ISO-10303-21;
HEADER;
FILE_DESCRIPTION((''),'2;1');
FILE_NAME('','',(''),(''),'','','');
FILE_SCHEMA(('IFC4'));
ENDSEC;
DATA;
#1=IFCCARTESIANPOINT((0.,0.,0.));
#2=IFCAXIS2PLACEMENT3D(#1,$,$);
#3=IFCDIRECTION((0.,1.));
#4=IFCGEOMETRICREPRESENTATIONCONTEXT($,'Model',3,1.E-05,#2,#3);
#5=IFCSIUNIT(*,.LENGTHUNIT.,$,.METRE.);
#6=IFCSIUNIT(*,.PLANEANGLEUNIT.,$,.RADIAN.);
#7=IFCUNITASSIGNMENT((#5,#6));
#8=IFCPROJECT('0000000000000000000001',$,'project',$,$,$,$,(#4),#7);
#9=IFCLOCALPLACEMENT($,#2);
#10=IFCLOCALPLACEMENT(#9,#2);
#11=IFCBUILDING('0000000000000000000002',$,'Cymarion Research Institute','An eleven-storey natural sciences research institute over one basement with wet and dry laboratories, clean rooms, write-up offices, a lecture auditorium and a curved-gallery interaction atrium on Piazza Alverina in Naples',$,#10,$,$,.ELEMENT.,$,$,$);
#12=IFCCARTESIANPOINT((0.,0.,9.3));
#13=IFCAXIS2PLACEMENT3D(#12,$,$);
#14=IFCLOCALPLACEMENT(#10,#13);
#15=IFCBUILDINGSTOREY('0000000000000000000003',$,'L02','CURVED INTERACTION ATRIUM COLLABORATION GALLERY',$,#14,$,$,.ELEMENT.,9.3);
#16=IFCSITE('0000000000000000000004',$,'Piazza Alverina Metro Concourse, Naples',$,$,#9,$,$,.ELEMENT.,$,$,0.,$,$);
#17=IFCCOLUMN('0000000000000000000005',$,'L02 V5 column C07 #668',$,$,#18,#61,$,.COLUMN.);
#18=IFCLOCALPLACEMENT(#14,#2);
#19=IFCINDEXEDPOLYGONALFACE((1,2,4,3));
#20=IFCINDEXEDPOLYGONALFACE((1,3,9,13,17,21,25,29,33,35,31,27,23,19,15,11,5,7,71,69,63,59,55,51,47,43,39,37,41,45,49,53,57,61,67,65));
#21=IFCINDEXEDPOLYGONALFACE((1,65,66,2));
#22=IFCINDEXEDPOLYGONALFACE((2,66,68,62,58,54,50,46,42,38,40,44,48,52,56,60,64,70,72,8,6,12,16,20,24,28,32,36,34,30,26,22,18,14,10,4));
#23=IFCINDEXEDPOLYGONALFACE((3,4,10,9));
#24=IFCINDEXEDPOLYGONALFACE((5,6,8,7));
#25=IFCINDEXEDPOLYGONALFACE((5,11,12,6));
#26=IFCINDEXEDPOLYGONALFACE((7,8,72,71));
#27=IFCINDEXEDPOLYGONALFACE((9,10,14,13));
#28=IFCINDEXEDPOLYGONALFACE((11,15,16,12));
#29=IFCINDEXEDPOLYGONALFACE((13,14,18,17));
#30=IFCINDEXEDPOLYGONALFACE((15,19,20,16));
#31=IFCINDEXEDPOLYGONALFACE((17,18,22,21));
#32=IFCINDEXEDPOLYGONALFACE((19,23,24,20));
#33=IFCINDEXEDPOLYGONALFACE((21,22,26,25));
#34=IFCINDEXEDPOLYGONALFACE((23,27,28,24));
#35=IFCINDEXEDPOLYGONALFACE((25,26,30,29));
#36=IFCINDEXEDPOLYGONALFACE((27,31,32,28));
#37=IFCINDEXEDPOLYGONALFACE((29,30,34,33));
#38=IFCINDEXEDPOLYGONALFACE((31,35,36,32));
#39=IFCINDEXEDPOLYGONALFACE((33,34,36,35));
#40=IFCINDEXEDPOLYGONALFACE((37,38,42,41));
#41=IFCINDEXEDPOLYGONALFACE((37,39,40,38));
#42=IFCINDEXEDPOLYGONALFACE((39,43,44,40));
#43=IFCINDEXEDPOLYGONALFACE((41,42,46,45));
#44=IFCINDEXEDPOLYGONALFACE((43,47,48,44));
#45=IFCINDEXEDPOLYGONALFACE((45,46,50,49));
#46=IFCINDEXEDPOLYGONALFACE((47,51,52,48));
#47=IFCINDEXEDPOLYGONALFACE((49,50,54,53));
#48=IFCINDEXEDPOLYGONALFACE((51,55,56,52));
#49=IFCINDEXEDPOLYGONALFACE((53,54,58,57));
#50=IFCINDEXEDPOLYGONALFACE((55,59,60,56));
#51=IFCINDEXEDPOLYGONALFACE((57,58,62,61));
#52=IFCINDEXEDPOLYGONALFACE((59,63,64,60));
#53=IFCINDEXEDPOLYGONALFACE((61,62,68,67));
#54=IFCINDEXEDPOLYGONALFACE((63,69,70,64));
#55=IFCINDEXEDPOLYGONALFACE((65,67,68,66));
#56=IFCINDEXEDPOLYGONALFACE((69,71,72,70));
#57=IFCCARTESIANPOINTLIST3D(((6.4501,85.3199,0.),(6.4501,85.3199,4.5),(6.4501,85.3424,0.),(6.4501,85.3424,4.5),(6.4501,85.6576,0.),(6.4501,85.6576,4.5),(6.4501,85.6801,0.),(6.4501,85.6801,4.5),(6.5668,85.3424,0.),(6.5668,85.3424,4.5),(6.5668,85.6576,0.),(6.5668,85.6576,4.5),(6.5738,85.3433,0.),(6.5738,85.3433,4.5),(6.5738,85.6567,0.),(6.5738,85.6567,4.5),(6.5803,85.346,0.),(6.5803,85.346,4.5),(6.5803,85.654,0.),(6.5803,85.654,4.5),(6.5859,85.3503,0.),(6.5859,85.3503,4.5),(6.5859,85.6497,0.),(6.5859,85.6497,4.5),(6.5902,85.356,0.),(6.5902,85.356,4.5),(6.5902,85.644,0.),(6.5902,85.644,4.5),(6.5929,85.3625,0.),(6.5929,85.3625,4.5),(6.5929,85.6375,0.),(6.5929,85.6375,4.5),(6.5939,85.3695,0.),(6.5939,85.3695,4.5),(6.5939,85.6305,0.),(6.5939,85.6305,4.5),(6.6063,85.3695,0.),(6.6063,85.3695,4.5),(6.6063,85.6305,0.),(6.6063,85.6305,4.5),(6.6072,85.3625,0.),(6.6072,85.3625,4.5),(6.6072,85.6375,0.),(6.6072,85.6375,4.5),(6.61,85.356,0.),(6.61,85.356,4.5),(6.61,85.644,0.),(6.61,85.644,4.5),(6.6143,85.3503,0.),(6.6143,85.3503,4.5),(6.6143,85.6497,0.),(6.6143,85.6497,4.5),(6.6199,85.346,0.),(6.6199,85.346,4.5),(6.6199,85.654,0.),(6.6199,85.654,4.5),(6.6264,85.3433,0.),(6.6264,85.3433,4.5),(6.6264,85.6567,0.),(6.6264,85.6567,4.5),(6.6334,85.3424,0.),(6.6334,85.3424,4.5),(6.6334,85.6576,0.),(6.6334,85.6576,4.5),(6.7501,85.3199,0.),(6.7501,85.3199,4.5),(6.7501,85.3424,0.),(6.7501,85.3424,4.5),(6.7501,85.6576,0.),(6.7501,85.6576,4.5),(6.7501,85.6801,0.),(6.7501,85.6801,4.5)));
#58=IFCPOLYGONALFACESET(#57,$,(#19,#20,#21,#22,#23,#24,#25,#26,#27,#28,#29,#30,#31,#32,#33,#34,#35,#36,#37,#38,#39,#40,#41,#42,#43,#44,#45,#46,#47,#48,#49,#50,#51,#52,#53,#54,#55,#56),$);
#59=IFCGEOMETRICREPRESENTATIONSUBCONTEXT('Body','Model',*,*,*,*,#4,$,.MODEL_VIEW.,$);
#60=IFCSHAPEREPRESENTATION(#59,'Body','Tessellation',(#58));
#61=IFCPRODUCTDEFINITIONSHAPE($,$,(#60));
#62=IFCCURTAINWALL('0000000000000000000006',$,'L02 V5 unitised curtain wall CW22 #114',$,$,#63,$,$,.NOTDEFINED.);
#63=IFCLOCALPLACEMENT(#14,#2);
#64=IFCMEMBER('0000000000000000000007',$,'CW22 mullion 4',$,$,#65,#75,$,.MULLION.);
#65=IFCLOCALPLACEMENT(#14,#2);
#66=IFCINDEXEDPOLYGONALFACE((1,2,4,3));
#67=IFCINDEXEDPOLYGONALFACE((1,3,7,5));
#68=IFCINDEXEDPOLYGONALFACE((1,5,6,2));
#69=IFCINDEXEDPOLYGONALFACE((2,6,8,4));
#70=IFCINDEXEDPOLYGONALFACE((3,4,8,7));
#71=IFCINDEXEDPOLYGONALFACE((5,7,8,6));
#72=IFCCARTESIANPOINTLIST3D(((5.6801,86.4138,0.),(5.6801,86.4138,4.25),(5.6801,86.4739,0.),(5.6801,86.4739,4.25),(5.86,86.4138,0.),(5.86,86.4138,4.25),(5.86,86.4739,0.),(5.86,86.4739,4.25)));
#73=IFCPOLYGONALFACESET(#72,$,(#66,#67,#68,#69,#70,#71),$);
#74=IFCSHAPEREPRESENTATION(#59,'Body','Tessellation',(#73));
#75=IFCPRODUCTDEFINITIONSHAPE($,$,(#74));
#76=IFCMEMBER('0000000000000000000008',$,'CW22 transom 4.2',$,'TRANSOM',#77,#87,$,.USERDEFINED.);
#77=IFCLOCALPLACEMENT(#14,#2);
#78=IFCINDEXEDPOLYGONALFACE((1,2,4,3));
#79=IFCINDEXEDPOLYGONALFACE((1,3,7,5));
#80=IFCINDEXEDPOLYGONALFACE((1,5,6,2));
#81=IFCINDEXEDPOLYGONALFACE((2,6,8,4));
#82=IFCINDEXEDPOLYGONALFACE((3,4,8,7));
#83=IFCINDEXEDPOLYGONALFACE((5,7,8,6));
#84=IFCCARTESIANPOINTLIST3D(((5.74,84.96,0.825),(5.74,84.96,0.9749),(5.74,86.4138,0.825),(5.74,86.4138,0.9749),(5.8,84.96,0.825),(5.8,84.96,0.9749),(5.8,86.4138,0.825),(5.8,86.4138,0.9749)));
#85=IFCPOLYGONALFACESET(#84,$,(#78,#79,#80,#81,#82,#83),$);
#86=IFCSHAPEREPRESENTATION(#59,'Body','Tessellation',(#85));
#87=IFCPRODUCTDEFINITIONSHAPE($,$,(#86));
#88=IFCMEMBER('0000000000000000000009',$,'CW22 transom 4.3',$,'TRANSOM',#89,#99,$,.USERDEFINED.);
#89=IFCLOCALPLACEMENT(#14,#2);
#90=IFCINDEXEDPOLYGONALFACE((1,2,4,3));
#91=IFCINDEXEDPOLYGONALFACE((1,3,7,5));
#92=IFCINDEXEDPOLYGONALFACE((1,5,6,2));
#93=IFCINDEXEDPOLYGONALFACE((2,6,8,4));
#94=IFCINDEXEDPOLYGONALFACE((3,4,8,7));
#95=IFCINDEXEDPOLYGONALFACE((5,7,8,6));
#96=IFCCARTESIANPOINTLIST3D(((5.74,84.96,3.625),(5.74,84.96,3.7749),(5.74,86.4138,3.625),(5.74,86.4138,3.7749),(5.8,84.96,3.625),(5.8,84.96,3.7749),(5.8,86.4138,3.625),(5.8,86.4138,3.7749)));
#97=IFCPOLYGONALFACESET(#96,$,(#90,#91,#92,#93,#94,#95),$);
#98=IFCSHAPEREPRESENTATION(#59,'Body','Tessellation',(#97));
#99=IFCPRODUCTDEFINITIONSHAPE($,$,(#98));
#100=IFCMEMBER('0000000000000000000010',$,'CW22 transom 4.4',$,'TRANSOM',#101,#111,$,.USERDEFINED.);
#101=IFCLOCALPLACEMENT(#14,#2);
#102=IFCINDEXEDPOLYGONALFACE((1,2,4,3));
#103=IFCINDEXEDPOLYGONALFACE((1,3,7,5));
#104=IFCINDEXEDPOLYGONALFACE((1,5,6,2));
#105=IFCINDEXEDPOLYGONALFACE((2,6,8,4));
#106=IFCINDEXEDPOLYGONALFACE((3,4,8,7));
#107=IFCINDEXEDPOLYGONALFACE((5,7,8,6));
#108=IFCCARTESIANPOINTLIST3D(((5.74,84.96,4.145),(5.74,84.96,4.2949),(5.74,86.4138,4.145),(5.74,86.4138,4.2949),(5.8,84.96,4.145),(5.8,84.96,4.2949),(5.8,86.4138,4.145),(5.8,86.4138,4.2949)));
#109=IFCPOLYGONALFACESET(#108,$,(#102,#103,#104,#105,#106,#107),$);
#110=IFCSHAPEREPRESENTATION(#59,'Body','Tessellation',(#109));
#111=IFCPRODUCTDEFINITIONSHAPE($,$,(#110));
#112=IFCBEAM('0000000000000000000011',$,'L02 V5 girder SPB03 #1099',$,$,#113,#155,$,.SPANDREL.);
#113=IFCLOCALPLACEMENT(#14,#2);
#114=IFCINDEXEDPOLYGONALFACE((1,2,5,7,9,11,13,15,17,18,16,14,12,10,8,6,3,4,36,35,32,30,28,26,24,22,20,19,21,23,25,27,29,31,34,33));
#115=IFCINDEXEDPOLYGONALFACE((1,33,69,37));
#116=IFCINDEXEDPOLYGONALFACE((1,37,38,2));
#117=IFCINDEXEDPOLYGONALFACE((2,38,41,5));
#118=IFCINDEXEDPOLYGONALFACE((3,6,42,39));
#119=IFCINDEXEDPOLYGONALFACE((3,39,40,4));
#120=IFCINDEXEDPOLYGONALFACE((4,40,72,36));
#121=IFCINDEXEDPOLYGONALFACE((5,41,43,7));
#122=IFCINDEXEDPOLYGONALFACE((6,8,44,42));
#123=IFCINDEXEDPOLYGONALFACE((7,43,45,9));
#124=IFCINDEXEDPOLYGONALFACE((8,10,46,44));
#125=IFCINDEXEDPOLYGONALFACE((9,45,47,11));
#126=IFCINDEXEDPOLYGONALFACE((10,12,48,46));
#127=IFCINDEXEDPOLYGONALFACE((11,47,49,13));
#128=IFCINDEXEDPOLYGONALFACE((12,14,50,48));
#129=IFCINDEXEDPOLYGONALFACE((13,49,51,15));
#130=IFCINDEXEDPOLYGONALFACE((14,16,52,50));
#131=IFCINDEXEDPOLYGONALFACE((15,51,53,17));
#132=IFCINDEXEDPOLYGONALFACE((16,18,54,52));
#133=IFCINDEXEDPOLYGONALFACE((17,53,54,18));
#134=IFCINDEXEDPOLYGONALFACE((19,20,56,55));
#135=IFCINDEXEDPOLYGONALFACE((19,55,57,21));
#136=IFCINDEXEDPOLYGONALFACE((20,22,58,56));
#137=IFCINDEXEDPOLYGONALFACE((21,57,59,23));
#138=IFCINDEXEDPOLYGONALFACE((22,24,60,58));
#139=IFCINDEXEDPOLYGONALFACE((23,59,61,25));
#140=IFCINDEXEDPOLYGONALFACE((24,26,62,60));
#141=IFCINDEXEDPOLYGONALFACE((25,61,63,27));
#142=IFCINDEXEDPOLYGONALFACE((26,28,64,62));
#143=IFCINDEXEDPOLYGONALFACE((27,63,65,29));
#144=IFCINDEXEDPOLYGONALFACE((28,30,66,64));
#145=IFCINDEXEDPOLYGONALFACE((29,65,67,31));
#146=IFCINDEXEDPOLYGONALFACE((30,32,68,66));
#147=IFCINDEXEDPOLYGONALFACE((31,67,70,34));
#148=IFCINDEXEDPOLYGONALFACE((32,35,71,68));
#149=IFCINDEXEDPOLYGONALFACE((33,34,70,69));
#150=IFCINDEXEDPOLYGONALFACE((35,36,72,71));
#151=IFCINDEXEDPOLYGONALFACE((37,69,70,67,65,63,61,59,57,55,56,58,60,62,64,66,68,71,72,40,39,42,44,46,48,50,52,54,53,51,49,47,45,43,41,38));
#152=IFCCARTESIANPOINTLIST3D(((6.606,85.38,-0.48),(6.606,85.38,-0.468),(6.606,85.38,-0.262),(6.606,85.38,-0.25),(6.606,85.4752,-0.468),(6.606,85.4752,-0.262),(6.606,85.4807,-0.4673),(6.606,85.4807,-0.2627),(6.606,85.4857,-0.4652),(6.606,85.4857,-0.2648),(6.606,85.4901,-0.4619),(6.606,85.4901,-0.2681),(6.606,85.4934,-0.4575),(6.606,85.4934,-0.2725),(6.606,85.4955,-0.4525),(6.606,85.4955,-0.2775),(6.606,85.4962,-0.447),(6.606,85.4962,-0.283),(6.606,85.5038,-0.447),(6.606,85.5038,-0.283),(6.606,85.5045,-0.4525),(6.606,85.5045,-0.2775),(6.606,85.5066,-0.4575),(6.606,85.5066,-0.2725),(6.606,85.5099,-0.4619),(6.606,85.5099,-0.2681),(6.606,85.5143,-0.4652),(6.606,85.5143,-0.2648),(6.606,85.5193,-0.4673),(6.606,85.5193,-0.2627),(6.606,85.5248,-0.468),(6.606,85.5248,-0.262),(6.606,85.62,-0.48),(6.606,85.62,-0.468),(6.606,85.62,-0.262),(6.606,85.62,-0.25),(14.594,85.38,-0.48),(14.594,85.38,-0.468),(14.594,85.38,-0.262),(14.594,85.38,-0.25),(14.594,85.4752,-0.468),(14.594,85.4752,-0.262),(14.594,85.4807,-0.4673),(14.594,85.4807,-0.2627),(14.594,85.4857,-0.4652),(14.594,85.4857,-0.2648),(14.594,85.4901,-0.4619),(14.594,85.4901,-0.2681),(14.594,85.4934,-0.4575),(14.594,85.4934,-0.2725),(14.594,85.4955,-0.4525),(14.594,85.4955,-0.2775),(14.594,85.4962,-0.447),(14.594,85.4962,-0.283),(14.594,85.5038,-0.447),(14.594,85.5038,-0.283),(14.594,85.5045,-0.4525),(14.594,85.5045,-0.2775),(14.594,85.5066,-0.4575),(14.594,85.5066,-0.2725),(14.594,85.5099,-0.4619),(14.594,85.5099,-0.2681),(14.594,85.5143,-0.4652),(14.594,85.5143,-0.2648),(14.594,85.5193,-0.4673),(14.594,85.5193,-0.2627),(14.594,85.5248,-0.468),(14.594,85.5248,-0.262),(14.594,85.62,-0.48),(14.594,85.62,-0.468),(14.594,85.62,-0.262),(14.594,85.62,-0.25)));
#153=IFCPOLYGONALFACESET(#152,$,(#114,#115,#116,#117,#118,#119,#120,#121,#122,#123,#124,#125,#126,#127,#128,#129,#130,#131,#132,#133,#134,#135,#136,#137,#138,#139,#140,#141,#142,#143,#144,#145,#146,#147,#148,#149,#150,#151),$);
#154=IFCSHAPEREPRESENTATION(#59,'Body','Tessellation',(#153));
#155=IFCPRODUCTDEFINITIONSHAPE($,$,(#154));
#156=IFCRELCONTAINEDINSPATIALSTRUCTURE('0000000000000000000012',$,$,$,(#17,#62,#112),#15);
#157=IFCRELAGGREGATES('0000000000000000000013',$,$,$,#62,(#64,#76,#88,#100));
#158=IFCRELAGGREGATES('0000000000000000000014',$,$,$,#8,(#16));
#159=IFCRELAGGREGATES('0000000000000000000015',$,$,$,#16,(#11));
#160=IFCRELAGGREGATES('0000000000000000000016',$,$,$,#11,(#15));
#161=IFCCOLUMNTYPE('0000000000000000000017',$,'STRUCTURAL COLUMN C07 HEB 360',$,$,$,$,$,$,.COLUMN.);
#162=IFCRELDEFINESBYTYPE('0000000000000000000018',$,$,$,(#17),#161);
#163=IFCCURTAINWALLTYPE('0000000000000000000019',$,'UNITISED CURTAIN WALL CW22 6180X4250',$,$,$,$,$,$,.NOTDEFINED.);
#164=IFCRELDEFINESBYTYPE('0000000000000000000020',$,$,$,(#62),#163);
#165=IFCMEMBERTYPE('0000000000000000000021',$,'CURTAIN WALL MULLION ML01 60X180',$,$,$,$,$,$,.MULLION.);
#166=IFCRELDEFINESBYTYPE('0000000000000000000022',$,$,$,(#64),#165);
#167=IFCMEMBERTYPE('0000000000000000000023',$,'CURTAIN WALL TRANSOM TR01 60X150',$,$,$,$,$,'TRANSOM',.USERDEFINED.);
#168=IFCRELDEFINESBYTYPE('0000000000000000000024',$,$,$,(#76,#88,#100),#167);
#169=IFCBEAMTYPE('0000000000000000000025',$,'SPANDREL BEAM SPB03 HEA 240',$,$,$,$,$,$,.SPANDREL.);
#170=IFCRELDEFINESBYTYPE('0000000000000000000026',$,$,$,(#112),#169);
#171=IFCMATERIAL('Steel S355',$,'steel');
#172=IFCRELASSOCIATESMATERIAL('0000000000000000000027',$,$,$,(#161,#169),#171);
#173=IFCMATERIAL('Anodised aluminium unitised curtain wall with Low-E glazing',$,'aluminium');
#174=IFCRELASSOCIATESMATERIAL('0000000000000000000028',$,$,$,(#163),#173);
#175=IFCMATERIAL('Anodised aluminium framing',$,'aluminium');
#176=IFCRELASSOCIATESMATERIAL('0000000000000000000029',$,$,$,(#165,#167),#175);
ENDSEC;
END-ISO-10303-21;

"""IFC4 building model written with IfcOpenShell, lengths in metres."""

from ifc_helpers import new_model, si_unit, direction, frame, origin, origin_2d, place, context, subcontext, project, spatial, rectangle, i_section, extrude, material, material_profile, profile_set, type_object, element, aggregate, save


model = new_model("IFC4")

# Units and contexts
model_context = context("Model", 3, precision=1e-05, world=origin(), true_north=direction((0.0, 1.0)))
body_context = subcontext(model_context, "Body", "Model", "MODEL_VIEW")
ifc_project = project(units=[si_unit("LENGTHUNIT", "METRE"), si_unit("PLANEANGLEUNIT", "RADIAN")], contexts=[model_context])

# Site, building, storey
site_placement = place(None, origin())
site = spatial("IfcSite", under=ifc_project, at=site_placement, Name="Piazza Alverina Metro Concourse, Naples", CompositionType="ELEMENT", RefElevation=0.0)
building_placement = place(site_placement, origin())
building = spatial("IfcBuilding", under=site, at=building_placement, Name="Cymarion Research Institute", Description="An eleven-storey natural sciences research institute over one basement with wet and dry laboratories, clean rooms, write-up offices, a lecture auditorium and a curved-gallery interaction atrium on Piazza Alverina in Naples", CompositionType="ELEMENT")
storey_placement = place(building_placement, frame((0.0, 0.0, 9.3)))
storey = spatial("IfcBuildingStorey", under=building, at=storey_placement, Name="L02", Description="CURVED INTERACTION ATRIUM COLLABORATION GALLERY", CompositionType="ELEMENT", Elevation=9.3)

# Column
ifc_material_1 = material(Name="Steel S355", Category="steel")
ifc_material_profile_1 = material_profile(ifc_material_1, i_section(OverallWidth=0.3, OverallDepth=0.3601, WebThickness=0.0125, FlangeThickness=0.0225, FilletRadius=0.0271, at=origin_2d()), Name="HEB 360")
ifc_profile_set_1 = profile_set([ifc_material_profile_1], Name="Steel S355")
column_type = type_object("IfcColumnType", Name="STRUCTURAL COLUMN C07 HEB 360", PredefinedType="COLUMN", material=ifc_profile_set_1)
column_placement = place(storey_placement, frame((6.6001, 85.5, 0.0), z_axis=(0.0, 0.0, 1.0), x_axis=(1.0, 0.0, 0.0)))
element("IfcColumn", 1, at=column_placement, inside=storey, type_object=column_type, Name="L02 V5 column C07 #668", PredefinedType="COLUMN", context=body_context, shape_type="SweptSolid", body=[
    extrude(i_section(OverallWidth=0.3, OverallDepth=0.3601, WebThickness=0.0125, FlangeThickness=0.0225, FilletRadius=0.0271, at=origin_2d()), origin(), (0.0, 0.0, 1.0), 4.5),
])

# Curtain wall, members
ifc_material_2 = material(Name="Anodised aluminium unitised curtain wall with Low-E glazing", Category="aluminium")
curtain_wall_type = type_object("IfcCurtainWallType", Name="UNITISED CURTAIN WALL CW22 6180X4250", PredefinedType="NOTDEFINED", material=ifc_material_2)
curtain_wall_placement = place(storey_placement, origin())
curtain_wall = element("IfcCurtainWall", 2, at=curtain_wall_placement, inside=storey, type_object=curtain_wall_type, Name="L02 V5 unitised curtain wall CW22 #114", PredefinedType="NOTDEFINED")
ifc_material_3 = material(Name="Anodised aluminium framing", Category="aluminium")
ifc_material_profile_2 = material_profile(ifc_material_3, rectangle(XDim=0.0601, YDim=0.1799, at=origin_2d()), Name="ALU MULLION 60x180")
ifc_profile_set_2 = profile_set([ifc_material_profile_2], Name="Anodised aluminium framing")
member_type_1 = type_object("IfcMemberType", Name="CURTAIN WALL MULLION ML01 60X180", PredefinedType="MULLION", material=ifc_profile_set_2)
member_1_placement = place(storey_placement, frame((5.77, 86.4438, 0.0), z_axis=(0.0, 0.0, 1.0), x_axis=(0.0, -1.0, 0.0)))
member_1 = element("IfcMember", 3, at=member_1_placement, type_object=member_type_1, Name="CW22 mullion 4", PredefinedType="MULLION", context=body_context, shape_type="SweptSolid", body=[
    extrude(rectangle(XDim=0.0601, YDim=0.1799, at=origin_2d()), origin(), (0.0, 0.0, 1.0), 4.25),
])
ifc_material_profile_3 = material_profile(ifc_material_3, rectangle(XDim=0.0601, YDim=0.1499, at=origin_2d()), Name="ALU TRANSOM 60x150")
ifc_profile_set_3 = profile_set([ifc_material_profile_3], Name="Anodised aluminium framing")
member_type_2 = type_object("IfcMemberType", Name="CURTAIN WALL TRANSOM TR01 60X150", ElementType="TRANSOM", PredefinedType="USERDEFINED", material=ifc_profile_set_3)
member_2_placement = place(storey_placement, frame((5.77, 86.4138, 0.8999), z_axis=(0.0, -1.0, 0.0), x_axis=(1.0, 0.0, 0.0)))
member_2 = element("IfcMember", 4, at=member_2_placement, type_object=member_type_2, Name="CW22 transom 4.2", ObjectType="TRANSOM", PredefinedType="USERDEFINED", context=body_context, shape_type="SweptSolid", body=[
    extrude(rectangle(XDim=0.0601, YDim=0.1499, at=origin_2d()), origin(), (0.0, 0.0, 1.0), 1.4539),
])
member_3_placement = place(storey_placement, frame((5.77, 86.4138, 3.7), z_axis=(0.0, -1.0, 0.0), x_axis=(1.0, 0.0, 0.0)))
member_3 = element("IfcMember", 5, at=member_3_placement, type_object=member_type_2, Name="CW22 transom 4.3", ObjectType="TRANSOM", PredefinedType="USERDEFINED", context=body_context, shape_type="SweptSolid", body=[
    extrude(rectangle(XDim=0.0601, YDim=0.1499, at=origin_2d()), origin(), (0.0, 0.0, 1.0), 1.4539),
])
member_4_placement = place(storey_placement, frame((5.77, 86.4138, 4.22), z_axis=(0.0, -1.0, 0.0), x_axis=(1.0, 0.0, 0.0)))
member_4 = element("IfcMember", 6, at=member_4_placement, type_object=member_type_2, Name="CW22 transom 4.4", ObjectType="TRANSOM", PredefinedType="USERDEFINED", context=body_context, shape_type="SweptSolid", body=[
    extrude(rectangle(XDim=0.0601, YDim=0.1499, at=origin_2d()), origin(), (0.0, 0.0, 1.0), 1.4539),
])
aggregate(curtain_wall, [member_1, member_2, member_3, member_4])

# Beam
ifc_material_profile_4 = material_profile(ifc_material_1, i_section(OverallWidth=0.24, OverallDepth=0.23, WebThickness=0.0076, FlangeThickness=0.012, FilletRadius=0.021, at=origin_2d()), Name="HEA 240")
ifc_profile_set_4 = profile_set([ifc_material_profile_4], Name="Steel S355")
beam_type_1 = type_object("IfcBeamType", Name="SPANDREL BEAM SPB03 HEA 240", PredefinedType="SPANDREL", material=ifc_profile_set_4)
beam_1_placement = place(storey_placement, frame((6.606, 85.5, -0.365), z_axis=(1.0, 0.0, 0.0), x_axis=(0.0, 1.0, 0.0)))
element("IfcBeam", 7, at=beam_1_placement, inside=storey, type_object=beam_type_1, Name="L02 V5 girder SPB03 #1099", PredefinedType="SPANDREL", context=body_context, shape_type="SweptSolid", body=[
    extrude(i_section(OverallWidth=0.24, OverallDepth=0.23, WebThickness=0.0076, FlangeThickness=0.012, FilletRadius=0.021, at=origin_2d()), origin(), (0.0, 0.0, 1.0), 7.988),
])

save(model, "model.ifc")
